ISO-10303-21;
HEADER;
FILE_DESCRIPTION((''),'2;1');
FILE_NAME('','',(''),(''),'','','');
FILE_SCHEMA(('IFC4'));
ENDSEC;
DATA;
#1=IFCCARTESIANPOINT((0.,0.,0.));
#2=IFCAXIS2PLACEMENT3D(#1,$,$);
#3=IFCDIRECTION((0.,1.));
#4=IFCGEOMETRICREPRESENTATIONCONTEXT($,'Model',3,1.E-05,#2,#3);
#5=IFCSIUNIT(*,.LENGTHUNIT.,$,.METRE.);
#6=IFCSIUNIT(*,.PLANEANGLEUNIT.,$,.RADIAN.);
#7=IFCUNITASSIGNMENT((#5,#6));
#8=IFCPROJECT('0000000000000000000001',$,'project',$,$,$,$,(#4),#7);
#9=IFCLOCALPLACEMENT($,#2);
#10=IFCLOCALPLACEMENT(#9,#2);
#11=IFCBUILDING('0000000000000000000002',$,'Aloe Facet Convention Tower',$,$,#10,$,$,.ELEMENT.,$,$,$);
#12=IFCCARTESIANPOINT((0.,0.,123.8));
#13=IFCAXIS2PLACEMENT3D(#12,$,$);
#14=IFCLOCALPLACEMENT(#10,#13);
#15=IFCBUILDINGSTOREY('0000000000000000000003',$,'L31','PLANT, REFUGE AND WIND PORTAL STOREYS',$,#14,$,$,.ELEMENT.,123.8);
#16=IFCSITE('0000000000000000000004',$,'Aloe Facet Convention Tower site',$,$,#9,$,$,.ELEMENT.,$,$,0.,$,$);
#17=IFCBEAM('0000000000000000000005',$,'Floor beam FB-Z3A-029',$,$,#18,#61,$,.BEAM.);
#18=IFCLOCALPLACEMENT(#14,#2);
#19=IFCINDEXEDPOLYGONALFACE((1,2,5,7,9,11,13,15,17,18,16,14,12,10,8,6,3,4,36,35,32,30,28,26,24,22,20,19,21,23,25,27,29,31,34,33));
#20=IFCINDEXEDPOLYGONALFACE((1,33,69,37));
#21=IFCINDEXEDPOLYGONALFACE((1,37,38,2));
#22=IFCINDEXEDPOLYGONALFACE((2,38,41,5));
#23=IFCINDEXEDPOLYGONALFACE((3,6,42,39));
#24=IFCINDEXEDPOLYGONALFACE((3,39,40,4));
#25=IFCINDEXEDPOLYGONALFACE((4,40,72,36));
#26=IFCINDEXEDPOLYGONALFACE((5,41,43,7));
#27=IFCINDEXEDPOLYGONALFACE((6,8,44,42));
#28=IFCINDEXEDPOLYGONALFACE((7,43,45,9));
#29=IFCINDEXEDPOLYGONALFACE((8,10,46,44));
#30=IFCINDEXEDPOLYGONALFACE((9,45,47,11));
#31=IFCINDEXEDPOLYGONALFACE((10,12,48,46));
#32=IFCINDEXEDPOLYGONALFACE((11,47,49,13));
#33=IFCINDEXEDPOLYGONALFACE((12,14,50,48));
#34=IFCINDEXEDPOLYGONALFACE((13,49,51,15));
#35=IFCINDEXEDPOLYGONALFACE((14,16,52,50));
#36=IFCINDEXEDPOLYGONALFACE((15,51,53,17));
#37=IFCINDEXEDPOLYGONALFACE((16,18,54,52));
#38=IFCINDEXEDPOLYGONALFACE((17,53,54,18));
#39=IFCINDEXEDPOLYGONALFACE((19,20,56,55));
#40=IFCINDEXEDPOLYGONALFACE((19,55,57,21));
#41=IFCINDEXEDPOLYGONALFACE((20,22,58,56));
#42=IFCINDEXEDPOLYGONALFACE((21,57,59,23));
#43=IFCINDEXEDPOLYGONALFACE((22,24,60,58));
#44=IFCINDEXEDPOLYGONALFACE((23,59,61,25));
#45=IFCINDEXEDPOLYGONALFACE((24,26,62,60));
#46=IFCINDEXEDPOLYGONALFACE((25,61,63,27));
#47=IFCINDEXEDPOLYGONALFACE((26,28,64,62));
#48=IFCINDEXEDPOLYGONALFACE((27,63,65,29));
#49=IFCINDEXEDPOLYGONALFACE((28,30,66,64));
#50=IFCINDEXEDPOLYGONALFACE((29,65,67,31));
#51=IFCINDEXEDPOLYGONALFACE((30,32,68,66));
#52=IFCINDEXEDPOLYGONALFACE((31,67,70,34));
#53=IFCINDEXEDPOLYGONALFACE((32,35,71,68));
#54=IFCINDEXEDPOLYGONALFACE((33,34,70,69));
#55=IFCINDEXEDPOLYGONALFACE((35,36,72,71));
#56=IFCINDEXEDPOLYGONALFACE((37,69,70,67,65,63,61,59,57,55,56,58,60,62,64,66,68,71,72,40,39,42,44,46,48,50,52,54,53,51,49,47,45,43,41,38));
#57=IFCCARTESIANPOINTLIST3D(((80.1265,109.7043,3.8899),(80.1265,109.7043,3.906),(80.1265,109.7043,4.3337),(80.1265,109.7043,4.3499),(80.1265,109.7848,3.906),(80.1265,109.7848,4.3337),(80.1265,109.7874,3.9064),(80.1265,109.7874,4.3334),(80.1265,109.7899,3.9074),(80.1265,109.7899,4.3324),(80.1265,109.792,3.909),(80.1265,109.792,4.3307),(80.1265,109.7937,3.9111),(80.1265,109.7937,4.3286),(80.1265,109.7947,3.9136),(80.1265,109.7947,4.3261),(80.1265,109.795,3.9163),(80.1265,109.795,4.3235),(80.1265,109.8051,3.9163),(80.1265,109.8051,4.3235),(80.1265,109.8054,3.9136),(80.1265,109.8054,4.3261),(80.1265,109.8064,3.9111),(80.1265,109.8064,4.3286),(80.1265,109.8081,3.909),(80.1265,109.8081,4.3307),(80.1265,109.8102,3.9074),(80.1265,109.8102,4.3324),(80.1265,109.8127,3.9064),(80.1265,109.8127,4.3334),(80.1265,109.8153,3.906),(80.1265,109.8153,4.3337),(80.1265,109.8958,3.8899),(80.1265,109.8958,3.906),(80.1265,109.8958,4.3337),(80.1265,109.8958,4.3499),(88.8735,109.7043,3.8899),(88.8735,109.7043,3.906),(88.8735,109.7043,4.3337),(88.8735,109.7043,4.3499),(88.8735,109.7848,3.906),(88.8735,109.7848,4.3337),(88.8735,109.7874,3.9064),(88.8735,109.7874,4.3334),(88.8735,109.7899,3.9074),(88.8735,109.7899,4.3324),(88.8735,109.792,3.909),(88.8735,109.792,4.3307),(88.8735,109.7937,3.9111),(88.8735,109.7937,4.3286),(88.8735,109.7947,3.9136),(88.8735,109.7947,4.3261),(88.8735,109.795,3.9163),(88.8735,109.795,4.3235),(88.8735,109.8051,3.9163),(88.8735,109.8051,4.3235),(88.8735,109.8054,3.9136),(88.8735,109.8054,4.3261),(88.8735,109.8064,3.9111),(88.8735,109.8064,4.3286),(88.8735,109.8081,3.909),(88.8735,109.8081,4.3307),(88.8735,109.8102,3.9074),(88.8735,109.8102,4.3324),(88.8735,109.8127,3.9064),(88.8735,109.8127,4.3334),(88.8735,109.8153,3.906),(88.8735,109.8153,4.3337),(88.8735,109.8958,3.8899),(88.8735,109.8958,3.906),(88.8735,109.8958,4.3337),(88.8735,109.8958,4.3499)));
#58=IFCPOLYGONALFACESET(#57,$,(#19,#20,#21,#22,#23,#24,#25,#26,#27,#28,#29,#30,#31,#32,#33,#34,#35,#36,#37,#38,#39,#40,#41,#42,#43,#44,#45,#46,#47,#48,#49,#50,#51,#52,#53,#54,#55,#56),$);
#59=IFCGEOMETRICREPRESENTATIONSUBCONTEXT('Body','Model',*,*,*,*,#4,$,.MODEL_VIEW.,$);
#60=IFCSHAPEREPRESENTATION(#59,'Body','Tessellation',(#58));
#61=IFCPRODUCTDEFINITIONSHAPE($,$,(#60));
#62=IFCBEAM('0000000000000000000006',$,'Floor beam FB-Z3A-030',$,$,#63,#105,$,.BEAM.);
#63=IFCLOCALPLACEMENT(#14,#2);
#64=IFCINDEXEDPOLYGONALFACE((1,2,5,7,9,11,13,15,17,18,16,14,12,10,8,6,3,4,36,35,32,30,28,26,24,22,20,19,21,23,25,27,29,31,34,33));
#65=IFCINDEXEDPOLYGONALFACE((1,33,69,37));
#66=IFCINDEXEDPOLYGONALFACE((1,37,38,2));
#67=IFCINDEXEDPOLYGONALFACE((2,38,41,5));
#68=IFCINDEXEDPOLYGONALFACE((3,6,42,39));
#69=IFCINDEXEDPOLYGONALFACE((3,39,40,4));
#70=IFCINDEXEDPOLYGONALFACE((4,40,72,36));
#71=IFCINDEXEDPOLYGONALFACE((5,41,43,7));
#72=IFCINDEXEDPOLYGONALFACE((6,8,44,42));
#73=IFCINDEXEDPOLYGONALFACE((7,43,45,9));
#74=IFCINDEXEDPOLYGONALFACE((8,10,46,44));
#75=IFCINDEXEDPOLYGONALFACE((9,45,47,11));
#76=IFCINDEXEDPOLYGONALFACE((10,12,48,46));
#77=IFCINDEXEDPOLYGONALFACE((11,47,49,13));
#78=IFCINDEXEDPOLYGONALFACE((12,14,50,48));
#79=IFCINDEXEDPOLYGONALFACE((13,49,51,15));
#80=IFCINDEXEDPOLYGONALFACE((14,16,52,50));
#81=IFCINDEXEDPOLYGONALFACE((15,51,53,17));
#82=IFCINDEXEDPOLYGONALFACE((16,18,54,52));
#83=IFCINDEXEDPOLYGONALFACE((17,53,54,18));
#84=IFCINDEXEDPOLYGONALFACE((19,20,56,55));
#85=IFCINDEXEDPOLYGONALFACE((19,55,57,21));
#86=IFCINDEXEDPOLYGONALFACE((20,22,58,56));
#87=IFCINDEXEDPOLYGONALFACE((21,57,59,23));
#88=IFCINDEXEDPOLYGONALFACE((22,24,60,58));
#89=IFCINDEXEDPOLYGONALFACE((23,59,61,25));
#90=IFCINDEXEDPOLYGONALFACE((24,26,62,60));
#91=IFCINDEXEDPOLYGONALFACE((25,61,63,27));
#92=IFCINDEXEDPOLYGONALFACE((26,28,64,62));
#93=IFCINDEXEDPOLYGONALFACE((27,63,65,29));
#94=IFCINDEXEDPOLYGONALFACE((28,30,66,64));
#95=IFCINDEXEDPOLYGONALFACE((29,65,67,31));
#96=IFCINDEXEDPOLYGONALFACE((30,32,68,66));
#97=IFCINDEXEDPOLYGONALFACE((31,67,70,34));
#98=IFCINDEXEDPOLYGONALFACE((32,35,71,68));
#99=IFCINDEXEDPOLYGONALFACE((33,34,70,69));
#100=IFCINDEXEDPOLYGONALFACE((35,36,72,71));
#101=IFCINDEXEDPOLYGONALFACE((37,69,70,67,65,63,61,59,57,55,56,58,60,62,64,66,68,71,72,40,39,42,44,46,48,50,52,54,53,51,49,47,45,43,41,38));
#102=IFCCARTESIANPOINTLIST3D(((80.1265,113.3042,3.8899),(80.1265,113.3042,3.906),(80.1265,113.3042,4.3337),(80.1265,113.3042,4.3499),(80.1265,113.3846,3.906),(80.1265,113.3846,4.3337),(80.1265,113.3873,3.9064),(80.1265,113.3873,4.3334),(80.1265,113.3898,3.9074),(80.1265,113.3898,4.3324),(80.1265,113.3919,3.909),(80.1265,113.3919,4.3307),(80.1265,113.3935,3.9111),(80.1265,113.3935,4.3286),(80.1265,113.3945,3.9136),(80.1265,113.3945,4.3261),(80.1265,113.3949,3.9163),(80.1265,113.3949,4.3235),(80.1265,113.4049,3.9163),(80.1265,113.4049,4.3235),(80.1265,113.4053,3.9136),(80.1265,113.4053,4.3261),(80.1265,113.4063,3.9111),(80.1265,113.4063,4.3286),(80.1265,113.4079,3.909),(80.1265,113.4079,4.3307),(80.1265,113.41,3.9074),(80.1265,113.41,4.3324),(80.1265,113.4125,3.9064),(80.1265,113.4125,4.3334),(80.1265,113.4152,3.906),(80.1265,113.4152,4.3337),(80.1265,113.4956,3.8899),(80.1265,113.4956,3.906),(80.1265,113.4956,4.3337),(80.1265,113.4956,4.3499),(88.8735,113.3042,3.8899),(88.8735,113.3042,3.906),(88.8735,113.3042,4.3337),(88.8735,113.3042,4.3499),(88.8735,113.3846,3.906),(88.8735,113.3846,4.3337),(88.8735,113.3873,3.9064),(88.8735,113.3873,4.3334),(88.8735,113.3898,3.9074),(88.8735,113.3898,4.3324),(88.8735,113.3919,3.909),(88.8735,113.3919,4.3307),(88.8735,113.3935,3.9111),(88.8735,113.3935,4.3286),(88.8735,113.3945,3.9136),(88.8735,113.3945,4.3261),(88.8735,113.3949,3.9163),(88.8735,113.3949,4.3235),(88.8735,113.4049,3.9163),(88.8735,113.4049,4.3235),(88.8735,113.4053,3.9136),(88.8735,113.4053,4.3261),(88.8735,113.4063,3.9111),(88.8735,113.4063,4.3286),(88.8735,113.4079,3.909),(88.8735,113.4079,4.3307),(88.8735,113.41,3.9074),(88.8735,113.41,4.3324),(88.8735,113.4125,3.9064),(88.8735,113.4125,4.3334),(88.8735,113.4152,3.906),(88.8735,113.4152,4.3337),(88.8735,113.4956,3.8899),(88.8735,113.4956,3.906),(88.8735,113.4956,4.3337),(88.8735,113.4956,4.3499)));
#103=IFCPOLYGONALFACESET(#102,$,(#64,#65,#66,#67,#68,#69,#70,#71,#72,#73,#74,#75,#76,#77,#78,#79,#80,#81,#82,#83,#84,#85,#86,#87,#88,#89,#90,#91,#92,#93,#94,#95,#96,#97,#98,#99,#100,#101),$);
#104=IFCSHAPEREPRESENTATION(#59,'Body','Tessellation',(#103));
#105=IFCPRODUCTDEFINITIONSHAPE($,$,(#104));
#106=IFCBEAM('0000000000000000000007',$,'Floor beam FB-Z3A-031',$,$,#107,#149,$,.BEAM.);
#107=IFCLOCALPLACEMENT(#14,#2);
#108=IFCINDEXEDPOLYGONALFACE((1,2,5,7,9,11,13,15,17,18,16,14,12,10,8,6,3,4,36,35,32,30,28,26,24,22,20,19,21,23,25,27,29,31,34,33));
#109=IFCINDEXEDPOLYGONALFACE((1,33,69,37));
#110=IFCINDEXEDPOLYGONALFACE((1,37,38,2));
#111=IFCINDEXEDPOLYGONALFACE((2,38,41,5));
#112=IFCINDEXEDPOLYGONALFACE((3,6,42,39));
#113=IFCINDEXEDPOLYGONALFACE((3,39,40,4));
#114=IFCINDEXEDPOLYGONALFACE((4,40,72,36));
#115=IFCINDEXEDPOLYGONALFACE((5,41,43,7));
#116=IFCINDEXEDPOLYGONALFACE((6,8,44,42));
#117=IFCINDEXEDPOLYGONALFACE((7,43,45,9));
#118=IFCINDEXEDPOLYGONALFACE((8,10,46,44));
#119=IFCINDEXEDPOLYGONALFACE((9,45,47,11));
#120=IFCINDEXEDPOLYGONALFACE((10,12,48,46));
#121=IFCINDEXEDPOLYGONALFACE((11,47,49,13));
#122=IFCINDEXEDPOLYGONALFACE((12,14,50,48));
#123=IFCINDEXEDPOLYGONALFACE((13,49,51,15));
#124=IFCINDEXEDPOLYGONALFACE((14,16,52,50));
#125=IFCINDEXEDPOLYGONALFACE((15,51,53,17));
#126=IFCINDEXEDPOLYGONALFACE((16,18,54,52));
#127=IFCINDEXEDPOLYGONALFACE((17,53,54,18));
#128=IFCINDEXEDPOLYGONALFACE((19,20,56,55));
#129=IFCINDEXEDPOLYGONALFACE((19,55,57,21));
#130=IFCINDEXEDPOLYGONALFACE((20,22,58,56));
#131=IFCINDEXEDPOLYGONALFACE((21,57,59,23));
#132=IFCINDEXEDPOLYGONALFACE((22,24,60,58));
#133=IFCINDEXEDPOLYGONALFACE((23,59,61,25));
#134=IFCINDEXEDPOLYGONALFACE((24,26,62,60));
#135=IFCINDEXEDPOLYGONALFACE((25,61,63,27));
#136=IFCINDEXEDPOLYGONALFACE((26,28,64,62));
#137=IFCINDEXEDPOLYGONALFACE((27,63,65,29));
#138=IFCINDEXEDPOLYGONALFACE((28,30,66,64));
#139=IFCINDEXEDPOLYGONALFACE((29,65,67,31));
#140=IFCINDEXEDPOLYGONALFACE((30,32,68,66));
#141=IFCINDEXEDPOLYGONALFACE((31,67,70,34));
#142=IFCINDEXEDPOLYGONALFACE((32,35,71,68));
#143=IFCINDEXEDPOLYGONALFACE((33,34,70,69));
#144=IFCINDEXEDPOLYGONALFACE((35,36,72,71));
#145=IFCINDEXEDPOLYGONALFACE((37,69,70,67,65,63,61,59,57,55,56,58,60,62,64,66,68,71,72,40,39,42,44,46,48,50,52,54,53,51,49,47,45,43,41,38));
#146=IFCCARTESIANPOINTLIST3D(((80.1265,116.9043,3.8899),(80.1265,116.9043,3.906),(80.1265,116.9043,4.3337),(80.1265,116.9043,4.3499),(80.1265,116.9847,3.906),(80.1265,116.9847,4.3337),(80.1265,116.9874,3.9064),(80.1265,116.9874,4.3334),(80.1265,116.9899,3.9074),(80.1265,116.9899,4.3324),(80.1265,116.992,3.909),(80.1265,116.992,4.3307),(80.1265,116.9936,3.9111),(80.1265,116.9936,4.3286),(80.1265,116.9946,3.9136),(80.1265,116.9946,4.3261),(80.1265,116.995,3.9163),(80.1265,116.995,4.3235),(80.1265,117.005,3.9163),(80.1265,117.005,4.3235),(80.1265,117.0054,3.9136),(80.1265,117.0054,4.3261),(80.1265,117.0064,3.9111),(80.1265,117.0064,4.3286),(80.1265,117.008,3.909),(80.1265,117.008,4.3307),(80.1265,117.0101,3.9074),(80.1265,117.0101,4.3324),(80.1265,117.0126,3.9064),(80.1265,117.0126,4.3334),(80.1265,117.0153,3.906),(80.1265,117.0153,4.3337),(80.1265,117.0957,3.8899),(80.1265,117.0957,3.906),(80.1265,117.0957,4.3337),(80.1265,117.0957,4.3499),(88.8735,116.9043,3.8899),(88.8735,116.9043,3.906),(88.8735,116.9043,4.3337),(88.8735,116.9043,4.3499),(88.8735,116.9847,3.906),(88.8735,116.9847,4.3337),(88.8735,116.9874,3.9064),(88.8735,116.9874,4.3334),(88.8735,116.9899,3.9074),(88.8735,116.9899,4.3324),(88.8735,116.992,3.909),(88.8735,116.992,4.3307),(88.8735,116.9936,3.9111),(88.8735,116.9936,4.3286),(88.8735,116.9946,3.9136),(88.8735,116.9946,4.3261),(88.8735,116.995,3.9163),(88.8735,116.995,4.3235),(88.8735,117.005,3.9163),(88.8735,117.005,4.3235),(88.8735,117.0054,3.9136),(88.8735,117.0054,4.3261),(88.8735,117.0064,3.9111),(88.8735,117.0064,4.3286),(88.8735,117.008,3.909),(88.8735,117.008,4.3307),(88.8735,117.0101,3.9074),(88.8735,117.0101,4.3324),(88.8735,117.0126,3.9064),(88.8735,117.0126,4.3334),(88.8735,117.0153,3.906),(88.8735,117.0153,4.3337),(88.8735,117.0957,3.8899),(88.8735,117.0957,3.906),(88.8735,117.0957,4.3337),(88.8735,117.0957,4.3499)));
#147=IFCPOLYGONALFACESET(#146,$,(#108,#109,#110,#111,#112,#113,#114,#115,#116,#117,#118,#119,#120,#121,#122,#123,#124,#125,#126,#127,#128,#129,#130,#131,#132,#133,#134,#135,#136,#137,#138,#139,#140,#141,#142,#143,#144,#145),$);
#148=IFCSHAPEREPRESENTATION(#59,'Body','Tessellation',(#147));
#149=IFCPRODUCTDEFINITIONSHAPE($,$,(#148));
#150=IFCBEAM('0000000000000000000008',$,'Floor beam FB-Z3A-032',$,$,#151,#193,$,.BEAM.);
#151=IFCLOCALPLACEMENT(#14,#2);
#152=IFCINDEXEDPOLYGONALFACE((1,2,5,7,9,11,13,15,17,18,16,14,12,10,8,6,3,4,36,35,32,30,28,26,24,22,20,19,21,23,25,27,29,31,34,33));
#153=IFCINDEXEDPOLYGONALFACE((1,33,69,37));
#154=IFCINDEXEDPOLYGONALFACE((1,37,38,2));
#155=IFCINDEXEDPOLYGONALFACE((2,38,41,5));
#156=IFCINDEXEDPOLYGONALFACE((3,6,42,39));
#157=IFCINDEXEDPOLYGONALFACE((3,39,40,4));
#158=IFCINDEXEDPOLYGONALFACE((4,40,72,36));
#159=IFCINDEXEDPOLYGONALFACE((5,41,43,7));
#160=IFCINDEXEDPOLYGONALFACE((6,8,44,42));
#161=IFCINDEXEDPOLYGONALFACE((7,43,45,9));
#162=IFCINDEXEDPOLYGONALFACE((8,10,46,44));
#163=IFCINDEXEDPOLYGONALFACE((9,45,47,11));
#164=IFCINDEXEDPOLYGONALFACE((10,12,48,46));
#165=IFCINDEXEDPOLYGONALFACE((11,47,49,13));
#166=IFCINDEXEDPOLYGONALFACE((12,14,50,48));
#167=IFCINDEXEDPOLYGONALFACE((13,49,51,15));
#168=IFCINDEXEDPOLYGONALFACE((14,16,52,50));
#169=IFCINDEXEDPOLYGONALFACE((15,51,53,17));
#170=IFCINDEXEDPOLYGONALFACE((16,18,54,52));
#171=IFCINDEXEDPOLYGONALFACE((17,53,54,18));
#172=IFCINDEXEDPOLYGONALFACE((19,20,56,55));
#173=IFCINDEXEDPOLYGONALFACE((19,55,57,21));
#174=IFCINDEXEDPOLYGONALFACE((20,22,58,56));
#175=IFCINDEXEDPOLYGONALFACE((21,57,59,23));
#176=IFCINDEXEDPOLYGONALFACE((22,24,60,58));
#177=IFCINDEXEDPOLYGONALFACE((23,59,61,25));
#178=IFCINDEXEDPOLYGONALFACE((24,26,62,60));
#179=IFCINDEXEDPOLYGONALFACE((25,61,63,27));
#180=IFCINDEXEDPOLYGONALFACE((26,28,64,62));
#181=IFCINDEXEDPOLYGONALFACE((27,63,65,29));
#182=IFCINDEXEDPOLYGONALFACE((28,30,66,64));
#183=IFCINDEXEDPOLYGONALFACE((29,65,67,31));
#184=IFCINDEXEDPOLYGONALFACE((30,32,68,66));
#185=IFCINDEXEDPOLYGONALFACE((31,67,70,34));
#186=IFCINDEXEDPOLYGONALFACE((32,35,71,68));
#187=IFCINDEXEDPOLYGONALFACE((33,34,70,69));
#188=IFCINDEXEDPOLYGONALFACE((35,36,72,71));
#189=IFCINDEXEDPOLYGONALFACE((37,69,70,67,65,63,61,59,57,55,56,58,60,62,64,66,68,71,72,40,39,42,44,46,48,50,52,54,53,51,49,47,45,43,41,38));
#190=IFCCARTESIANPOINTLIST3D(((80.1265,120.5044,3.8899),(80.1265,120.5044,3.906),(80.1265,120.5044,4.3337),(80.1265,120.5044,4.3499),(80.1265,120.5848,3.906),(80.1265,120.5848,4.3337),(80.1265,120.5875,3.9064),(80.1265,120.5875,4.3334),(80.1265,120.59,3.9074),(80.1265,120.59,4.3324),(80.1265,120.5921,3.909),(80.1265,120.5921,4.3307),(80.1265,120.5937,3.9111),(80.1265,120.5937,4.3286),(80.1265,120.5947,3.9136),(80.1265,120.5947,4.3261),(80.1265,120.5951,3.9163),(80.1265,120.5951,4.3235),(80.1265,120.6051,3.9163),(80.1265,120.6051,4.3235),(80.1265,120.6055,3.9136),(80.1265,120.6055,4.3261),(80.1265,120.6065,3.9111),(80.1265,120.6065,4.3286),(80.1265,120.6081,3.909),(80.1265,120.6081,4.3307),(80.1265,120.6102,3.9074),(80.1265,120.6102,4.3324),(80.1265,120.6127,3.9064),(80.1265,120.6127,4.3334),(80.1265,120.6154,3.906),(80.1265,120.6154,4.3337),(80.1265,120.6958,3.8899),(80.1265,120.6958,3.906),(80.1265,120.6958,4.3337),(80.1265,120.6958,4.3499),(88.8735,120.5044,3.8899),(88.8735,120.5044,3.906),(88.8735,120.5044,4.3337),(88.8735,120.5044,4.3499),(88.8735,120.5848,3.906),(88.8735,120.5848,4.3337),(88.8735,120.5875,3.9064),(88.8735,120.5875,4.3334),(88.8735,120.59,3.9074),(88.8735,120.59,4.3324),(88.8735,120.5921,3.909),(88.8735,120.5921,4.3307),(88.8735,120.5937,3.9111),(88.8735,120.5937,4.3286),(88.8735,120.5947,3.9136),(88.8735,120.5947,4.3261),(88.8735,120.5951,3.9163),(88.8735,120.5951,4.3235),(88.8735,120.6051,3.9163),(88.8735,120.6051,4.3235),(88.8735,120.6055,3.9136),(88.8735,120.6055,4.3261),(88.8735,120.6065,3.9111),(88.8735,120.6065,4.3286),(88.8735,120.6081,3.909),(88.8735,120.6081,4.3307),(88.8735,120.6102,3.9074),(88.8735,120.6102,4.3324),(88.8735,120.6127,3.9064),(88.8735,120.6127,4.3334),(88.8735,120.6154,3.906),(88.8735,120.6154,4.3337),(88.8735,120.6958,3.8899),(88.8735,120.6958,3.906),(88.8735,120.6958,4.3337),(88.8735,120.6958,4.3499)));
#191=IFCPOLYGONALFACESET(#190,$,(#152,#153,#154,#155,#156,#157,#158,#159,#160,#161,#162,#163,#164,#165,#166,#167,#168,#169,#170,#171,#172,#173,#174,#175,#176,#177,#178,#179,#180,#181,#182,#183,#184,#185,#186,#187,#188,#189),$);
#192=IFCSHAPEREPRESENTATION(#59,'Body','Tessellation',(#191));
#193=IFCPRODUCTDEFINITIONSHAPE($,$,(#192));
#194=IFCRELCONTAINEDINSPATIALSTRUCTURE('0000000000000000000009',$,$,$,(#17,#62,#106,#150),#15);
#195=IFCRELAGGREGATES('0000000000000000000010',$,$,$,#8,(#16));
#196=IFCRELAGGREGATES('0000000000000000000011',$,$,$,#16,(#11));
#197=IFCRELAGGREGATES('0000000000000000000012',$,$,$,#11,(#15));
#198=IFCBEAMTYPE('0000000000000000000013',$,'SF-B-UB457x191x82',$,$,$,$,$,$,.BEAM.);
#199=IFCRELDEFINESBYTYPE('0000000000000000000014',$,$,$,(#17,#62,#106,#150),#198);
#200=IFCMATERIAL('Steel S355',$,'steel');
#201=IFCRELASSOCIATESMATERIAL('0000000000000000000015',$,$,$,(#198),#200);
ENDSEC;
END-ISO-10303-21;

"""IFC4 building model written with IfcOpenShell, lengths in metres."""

from ifc_helpers import new_model, si_unit, direction, frame, origin, origin_2d, place, context, subcontext, project, spatial, i_section, extrude, material, material_profile, profile_set, type_object, element, save


model = new_model("IFC4")

# Units and contexts
model_context = context("Model", 3, precision=1e-05, world=origin(), true_north=direction((0.0, 1.0)))
body_context = subcontext(model_context, "Body", "Model", "MODEL_VIEW")
ifc_project = project(units=[si_unit("LENGTHUNIT", "METRE"), si_unit("PLANEANGLEUNIT", "RADIAN")], contexts=[model_context])

# Site, building, storey
site_placement = place(None, origin())
site = spatial("IfcSite", under=ifc_project, at=site_placement, Name="Aloe Facet Convention Tower site", CompositionType="ELEMENT", RefElevation=0.0)
building_placement = place(site_placement, origin())
building = spatial("IfcBuilding", under=site, at=building_placement, Name="Aloe Facet Convention Tower", CompositionType="ELEMENT")
storey_placement = place(building_placement, frame((0.0, 0.0, 123.8)))
storey = spatial("IfcBuildingStorey", under=building, at=storey_placement, Name="L31", Description="PLANT, REFUGE AND WIND PORTAL STOREYS", CompositionType="ELEMENT", Elevation=123.8)

# Beams
ifc_material_1 = material(Name="Steel S355", Category="steel")
ifc_material_profile_1 = material_profile(ifc_material_1, i_section(OverallWidth=0.1914, OverallDepth=0.46, WebThickness=0.01, FlangeThickness=0.0161, FilletRadius=0.0103, at=origin_2d()), Name="UB 457x191x82")
ifc_profile_set_1 = profile_set([ifc_material_profile_1], Name="Steel S355")
beam_type_1 = type_object("IfcBeamType", Name="SF-B-UB457x191x82", PredefinedType="BEAM", material=ifc_profile_set_1)
for number, where, z_axis, x_axis, name in (
    (1, (80.1265, 109.8, 4.1199), (1.0, 0.0, 0.0), (0.0, 1.0, 0.0), "Floor beam FB-Z3A-029"),
    (2, (80.1265, 113.3999, 4.1199), (1.0, 0.0, 0.0), (0.0, 1.0, 0.0), "Floor beam FB-Z3A-030"),
    (3, (80.1265, 117.0, 4.1199), (1.0, 0.0, 0.0), (0.0, 1.0, 0.0), "Floor beam FB-Z3A-031"),
    (4, (80.1265, 120.6001, 4.1199), (1.0, 0.0, 0.0), (0.0, 1.0, 0.0), "Floor beam FB-Z3A-032"),
):
    element("IfcBeam", number, at=place(storey_placement, frame(where, z_axis=z_axis, x_axis=x_axis)), inside=storey, type_object=beam_type_1, Name=name, PredefinedType="BEAM", context=body_context, shape_type="SweptSolid", body=[
        extrude(i_section(OverallWidth=0.1914, OverallDepth=0.46, WebThickness=0.01, FlangeThickness=0.0161, FilletRadius=0.0103, at=origin_2d()), origin(), (0.0, 0.0, 1.0), 8.7471),
    ])

save(model, "model.ifc")
